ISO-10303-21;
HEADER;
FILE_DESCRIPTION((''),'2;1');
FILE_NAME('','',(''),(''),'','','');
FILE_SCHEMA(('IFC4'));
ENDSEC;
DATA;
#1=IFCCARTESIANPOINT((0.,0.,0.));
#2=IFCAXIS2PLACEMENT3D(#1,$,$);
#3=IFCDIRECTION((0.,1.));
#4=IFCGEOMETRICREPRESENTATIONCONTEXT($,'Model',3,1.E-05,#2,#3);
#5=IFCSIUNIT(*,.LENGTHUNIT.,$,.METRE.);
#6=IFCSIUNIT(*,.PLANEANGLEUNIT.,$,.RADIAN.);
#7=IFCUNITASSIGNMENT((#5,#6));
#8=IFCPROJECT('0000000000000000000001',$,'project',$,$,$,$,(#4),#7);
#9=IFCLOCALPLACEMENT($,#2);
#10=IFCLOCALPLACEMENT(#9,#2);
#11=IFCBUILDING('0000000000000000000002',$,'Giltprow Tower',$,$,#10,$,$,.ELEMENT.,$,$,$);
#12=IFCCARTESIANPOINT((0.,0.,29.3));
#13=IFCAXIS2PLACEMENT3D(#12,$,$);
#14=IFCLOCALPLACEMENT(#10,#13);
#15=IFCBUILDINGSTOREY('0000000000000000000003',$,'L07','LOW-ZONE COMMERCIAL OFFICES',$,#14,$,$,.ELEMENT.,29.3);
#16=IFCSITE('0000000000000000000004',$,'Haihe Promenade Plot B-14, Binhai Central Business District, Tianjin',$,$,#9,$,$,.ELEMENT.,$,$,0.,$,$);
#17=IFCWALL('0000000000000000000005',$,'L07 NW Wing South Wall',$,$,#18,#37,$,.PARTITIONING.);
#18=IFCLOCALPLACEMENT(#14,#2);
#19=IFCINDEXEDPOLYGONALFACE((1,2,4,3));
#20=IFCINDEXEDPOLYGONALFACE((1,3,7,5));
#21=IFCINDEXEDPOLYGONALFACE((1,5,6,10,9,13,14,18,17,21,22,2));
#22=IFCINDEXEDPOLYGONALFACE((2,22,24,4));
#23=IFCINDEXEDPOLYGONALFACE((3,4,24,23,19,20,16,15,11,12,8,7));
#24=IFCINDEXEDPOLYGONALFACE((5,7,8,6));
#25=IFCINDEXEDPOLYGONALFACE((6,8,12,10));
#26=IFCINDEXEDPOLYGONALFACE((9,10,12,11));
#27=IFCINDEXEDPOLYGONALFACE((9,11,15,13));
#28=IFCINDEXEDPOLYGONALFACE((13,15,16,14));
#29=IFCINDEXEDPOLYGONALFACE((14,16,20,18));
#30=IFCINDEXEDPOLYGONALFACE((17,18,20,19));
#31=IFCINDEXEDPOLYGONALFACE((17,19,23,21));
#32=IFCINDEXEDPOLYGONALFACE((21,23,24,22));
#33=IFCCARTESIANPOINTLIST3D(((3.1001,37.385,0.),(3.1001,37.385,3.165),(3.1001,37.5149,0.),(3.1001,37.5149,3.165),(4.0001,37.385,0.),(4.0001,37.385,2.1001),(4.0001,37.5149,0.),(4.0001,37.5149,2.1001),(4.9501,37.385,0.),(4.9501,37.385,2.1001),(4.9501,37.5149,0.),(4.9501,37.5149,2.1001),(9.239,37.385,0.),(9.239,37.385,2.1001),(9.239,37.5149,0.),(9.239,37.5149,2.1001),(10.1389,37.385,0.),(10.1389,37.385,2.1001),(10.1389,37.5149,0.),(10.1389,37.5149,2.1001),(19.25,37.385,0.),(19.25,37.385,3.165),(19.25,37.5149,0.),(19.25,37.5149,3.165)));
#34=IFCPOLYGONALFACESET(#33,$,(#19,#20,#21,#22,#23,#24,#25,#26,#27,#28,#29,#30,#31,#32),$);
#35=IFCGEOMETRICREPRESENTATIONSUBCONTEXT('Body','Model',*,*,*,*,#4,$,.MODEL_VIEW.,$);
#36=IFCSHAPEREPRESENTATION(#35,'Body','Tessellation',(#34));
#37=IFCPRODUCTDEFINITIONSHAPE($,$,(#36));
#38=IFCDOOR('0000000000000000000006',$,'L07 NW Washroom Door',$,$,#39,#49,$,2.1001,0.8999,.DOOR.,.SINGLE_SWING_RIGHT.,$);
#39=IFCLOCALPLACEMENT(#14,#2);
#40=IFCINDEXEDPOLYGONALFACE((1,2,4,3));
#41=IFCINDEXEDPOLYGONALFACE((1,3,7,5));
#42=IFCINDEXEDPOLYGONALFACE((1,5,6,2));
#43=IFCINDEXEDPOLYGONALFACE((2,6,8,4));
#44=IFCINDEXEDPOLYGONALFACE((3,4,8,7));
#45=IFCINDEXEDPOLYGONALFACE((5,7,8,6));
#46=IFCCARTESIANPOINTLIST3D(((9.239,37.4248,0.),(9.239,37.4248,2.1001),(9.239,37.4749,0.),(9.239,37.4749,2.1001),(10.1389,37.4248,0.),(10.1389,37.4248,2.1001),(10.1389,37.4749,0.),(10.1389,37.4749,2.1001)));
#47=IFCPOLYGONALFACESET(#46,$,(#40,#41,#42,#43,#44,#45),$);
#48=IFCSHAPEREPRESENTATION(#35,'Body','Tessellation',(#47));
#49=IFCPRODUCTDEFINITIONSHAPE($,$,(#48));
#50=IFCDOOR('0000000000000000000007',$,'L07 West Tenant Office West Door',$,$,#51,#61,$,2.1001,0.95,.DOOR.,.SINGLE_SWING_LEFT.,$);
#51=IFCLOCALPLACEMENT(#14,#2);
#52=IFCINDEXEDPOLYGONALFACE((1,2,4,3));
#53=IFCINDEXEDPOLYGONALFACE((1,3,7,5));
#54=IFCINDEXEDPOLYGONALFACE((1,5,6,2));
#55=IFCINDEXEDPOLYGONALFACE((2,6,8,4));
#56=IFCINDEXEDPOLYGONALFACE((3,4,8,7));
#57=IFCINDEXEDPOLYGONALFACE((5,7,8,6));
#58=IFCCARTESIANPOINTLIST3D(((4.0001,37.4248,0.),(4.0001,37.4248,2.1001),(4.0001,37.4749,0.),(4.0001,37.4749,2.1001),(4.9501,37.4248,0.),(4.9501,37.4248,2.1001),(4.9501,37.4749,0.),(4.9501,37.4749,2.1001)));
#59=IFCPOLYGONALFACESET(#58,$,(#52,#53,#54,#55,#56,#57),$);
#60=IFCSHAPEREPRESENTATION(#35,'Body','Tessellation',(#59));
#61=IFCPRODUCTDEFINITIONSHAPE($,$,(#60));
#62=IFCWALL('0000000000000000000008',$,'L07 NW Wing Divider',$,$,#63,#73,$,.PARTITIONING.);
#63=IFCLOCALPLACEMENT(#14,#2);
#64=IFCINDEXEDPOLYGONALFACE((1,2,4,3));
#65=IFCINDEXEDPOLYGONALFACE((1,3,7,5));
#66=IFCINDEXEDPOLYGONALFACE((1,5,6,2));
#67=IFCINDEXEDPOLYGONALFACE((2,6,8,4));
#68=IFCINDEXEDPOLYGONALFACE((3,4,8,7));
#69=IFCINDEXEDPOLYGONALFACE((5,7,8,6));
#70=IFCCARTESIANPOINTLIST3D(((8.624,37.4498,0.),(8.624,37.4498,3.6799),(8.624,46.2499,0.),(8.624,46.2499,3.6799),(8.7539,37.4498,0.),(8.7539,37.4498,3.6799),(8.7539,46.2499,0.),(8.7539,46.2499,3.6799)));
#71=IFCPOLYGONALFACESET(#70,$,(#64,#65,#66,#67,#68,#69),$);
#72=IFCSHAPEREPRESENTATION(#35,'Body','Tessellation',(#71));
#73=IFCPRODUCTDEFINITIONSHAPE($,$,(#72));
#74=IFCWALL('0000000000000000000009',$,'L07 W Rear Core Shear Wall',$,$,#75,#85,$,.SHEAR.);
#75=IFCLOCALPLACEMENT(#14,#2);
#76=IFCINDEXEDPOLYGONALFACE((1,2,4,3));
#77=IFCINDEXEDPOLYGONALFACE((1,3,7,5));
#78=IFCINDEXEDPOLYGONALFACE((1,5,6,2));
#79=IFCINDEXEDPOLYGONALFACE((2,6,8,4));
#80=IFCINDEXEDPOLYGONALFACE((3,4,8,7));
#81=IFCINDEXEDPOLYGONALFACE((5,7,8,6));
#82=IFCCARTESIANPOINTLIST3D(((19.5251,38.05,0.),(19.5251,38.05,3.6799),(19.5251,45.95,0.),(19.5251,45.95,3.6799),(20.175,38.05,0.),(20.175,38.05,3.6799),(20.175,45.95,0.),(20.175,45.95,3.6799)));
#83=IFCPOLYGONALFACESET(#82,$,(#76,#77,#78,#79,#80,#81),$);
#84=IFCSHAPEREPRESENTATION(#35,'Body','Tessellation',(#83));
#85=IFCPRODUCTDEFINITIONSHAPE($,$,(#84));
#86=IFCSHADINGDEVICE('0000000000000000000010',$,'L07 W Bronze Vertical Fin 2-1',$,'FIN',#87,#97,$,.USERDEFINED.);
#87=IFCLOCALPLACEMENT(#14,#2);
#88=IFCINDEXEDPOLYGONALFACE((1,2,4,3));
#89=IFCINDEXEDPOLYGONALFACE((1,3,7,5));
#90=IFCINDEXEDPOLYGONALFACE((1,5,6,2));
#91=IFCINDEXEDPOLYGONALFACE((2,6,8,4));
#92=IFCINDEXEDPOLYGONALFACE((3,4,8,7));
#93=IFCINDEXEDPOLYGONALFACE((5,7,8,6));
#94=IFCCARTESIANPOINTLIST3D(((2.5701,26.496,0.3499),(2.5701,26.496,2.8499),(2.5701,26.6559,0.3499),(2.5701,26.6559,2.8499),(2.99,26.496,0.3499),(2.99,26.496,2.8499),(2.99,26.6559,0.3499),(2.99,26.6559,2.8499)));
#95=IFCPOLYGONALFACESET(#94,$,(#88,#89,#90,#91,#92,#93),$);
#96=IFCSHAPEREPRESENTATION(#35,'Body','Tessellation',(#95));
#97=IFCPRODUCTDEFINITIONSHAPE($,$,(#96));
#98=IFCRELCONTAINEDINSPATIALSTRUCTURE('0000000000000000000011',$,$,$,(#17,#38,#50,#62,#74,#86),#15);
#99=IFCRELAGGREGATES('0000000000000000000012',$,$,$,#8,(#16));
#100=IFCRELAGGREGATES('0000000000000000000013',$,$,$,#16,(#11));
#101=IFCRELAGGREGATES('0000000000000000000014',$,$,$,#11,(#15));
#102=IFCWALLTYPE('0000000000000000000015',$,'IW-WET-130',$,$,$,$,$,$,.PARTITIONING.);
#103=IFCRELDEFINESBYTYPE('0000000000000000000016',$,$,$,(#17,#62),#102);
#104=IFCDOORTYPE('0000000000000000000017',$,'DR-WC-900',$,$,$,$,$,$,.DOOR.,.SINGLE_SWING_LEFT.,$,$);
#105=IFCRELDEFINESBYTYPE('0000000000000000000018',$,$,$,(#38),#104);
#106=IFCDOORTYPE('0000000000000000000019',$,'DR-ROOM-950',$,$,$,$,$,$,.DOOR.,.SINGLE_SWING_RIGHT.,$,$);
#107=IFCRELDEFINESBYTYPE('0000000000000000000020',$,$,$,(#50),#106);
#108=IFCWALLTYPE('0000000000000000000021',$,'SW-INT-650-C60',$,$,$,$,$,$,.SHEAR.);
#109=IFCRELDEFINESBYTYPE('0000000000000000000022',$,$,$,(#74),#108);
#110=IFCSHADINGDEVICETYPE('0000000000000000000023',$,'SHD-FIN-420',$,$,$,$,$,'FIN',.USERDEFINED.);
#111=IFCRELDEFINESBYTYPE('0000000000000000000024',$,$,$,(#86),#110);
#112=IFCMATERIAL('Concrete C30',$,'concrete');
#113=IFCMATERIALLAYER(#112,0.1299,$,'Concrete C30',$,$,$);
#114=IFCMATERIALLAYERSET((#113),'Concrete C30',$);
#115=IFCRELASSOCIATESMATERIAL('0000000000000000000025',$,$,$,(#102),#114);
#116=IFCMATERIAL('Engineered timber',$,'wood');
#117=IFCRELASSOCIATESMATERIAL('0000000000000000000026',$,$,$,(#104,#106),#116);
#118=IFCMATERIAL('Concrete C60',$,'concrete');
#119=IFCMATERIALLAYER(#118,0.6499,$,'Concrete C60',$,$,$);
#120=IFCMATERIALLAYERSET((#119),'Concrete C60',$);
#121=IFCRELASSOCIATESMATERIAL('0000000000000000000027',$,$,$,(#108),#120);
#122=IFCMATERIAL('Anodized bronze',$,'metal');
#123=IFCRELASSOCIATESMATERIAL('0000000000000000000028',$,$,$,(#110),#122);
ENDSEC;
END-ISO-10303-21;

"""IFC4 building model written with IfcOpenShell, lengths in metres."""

from ifc_helpers import new_model, si_unit, direction, frame, frame_2d, origin, origin_2d, place, context, subcontext, project, spatial, rectangle, extrude, source, transform, mapped, material, layer, layer_set, type_object, element, fill, save


model = new_model("IFC4")

# Units and contexts
model_context = context("Model", 3, precision=1e-05, world=origin(), true_north=direction((0.0, 1.0)))
body_context = subcontext(model_context, "Body", "Model", "MODEL_VIEW")
ifc_project = project(units=[si_unit("LENGTHUNIT", "METRE"), si_unit("PLANEANGLEUNIT", "RADIAN")], contexts=[model_context])

# Site, building, storey
site_placement = place(None, origin())
site = spatial("IfcSite", under=ifc_project, at=site_placement, Name="Haihe Promenade Plot B-14, Binhai Central Business District, Tianjin", CompositionType="ELEMENT", RefElevation=0.0)
building_placement = place(site_placement, origin())
building = spatial("IfcBuilding", under=site, at=building_placement, Name="Giltprow Tower", CompositionType="ELEMENT")
storey_placement = place(building_placement, frame((0.0, 0.0, 29.3)))
storey = spatial("IfcBuildingStorey", under=building, at=storey_placement, Name="L07", Description="LOW-ZONE COMMERCIAL OFFICES", CompositionType="ELEMENT", Elevation=29.3)

# Shared definitions
ifc_material_1 = material(Name="Concrete C60", Category="concrete")

# Shared definitions
ifc_material_2 = material(Name="Engineered timber", Category="wood")

# Wall, openings, doors
ifc_material_3 = material(Name="Concrete C30", Category="concrete")
ifc_layer_1 = layer(ifc_material_3, 0.1299, Name="Concrete C30")
ifc_layer_set_1 = layer_set([ifc_layer_1], Name="Concrete C30")
wall_type_1 = type_object("IfcWallType", Name="IW-WET-130", PredefinedType="PARTITIONING", material=ifc_layer_set_1)
wall_1_placement = place(storey_placement, frame((3.1001, 37.45, 0.0), z_axis=(0.0, 0.0, 1.0), x_axis=(1.0, 0.0, 0.0)))
wall_1 = element("IfcWall", 1, at=wall_1_placement, inside=storey, type_object=wall_type_1, Name="L07 NW Wing South Wall", PredefinedType="PARTITIONING", context=body_context, shape_type="SweptSolid", body=[
    extrude(rectangle(XDim=16.1499, YDim=0.1299, at=frame_2d((8.075, 0.0))), origin(), (0.0, 0.0, 1.0), 3.165),
])
opening_1_placement = place(wall_1_placement, frame((0.8999, 0.0, 0.0)))
opening_1 = element("IfcOpeningElement", 2, at=opening_1_placement, cuts=wall_1, PredefinedType="OPENING", context=body_context, shape_type="SweptSolid", body=[
    extrude(rectangle(XDim=0.95, YDim=2.1001, at=frame_2d((0.4751, 1.05))), frame((0.0, 0.075, 0.0), z_axis=(0.0, -1.0, 0.0), x_axis=(1.0, 0.0, 0.0)), (0.0, 0.0, 1.0), 0.1499),
])
opening_2_placement = place(wall_1_placement, frame((6.1389, 0.0, 0.0)))
opening_2 = element("IfcOpeningElement", 3, at=opening_2_placement, cuts=wall_1, PredefinedType="OPENING", context=body_context, shape_type="SweptSolid", body=[
    extrude(rectangle(XDim=0.8999, YDim=2.1001, at=frame_2d((0.45, 1.05))), frame((0.0, 0.075, 0.0), z_axis=(0.0, -1.0, 0.0), x_axis=(1.0, 0.0, 0.0)), (0.0, 0.0, 1.0), 0.1499),
])
door_type_1 = type_object("IfcDoorType", Name="DR-WC-900", OperationType="SINGLE_SWING_LEFT", PredefinedType="DOOR", material=ifc_material_2)
shared_shape_1 = source(origin(), body_context, "Body", "SweptSolid", [
    extrude(rectangle(XDim=0.8999, YDim=2.1001, at=frame_2d((0.45, 1.05))), frame((0.0, 0.0249, 0.0), z_axis=(0.0, -1.0, 0.0), x_axis=(1.0, 0.0, 0.0)), (0.0, 0.0, 1.0), 0.05),
])
door_1_placement = place(opening_2_placement, origin())
door_1 = element("IfcDoor", 4, at=door_1_placement, inside=storey, type_object=door_type_1, Name="L07 NW Washroom Door", OperationType="SINGLE_SWING_RIGHT", OverallHeight=2.1001, OverallWidth=0.8999, PredefinedType="DOOR", context=body_context, shape_type="MappedRepresentation", body=[
    mapped(shared_shape_1, transform((0.0, 0.0, 0.0), x_axis=(1.0, 0.0, 0.0), y_axis=(0.0, 1.0, 0.0), z_axis=(0.0, 0.0, 1.0), scale=1.0)),
])
fill(opening_2, door_1)
door_type_2 = type_object("IfcDoorType", Name="DR-ROOM-950", OperationType="SINGLE_SWING_RIGHT", PredefinedType="DOOR", material=ifc_material_2)
shared_shape_2 = source(origin(), body_context, "Body", "SweptSolid", [
    extrude(rectangle(XDim=0.95, YDim=2.1001, at=frame_2d((0.4751, 1.05))), frame((0.0, 0.0249, 0.0), z_axis=(0.0, -1.0, 0.0), x_axis=(1.0, 0.0, 0.0)), (0.0, 0.0, 1.0), 0.05),
])
door_2_placement = place(opening_1_placement, origin())
door_2 = element("IfcDoor", 5, at=door_2_placement, inside=storey, type_object=door_type_2, Name="L07 West Tenant Office West Door", OperationType="SINGLE_SWING_LEFT", OverallHeight=2.1001, OverallWidth=0.95, PredefinedType="DOOR", context=body_context, shape_type="MappedRepresentation", body=[
    mapped(shared_shape_2, transform((0.0, 0.0, 0.0), x_axis=(1.0, 0.0, 0.0), y_axis=(0.0, 1.0, 0.0), z_axis=(0.0, 0.0, 1.0), scale=1.0)),
])
fill(opening_1, door_2)

# Wall
wall_2_placement = place(storey_placement, frame((8.689, 37.45, 0.0), z_axis=(0.0, 0.0, 1.0), x_axis=(0.0, 1.0, 0.0)))
element("IfcWall", 6, at=wall_2_placement, inside=storey, type_object=wall_type_1, Name="L07 NW Wing Divider", PredefinedType="PARTITIONING", context=body_context, shape_type="SweptSolid", body=[
    extrude(rectangle(XDim=8.8, YDim=0.1299, at=frame_2d((4.3999, 0.0))), origin(), (0.0, 0.0, 1.0), 3.6799),
])

# Shared definitions
ifc_layer_2 = layer(ifc_material_1, 0.6499, Name="Concrete C60")
ifc_layer_set_2 = layer_set([ifc_layer_2], Name="Concrete C60")
wall_type_2 = type_object("IfcWallType", Name="SW-INT-650-C60", PredefinedType="SHEAR", material=ifc_layer_set_2)

# Wall
wall_3_placement = place(storey_placement, frame((19.8501, 38.05, 0.0), z_axis=(0.0, 0.0, 1.0), x_axis=(0.0, 1.0, 0.0)))
element("IfcWall", 7, at=wall_3_placement, inside=storey, type_object=wall_type_2, Name="L07 W Rear Core Shear Wall", PredefinedType="SHEAR", context=body_context, shape_type="SweptSolid", body=[
    extrude(rectangle(XDim=7.8999, YDim=0.6499, at=frame_2d((3.95, 0.0))), origin(), (0.0, 0.0, 1.0), 3.6799),
])

# Shading device
ifc_material_4 = material(Name="Anodized bronze", Category="metal")
shading_device_type = type_object("IfcShadingDeviceType", Name="SHD-FIN-420", ElementType="FIN", PredefinedType="USERDEFINED", material=ifc_material_4)
shared_shape_3 = source(origin(), body_context, "Body", "SweptSolid", [
    extrude(rectangle(XDim=0.4199, YDim=0.1599, at=origin_2d()), origin(), (0.0, 0.0, 1.0), 2.5),
])
shading_device_placement = place(storey_placement, frame((2.78, 26.5759, 0.3499), z_axis=(0.0, 0.0, 1.0), x_axis=(1.0, 0.0, 0.0)))
element("IfcShadingDevice", 8, at=shading_device_placement, inside=storey, type_object=shading_device_type, Name="L07 W Bronze Vertical Fin 2-1", ObjectType="FIN", PredefinedType="USERDEFINED", context=body_context, shape_type="MappedRepresentation", body=[
    mapped(shared_shape_3, transform((0.0, 0.0, 0.0), x_axis=(1.0, 0.0, 0.0), y_axis=(0.0, 1.0, 0.0), z_axis=(0.0, 0.0, 1.0), scale=1.0)),
])

save(model, "model.ifc")
